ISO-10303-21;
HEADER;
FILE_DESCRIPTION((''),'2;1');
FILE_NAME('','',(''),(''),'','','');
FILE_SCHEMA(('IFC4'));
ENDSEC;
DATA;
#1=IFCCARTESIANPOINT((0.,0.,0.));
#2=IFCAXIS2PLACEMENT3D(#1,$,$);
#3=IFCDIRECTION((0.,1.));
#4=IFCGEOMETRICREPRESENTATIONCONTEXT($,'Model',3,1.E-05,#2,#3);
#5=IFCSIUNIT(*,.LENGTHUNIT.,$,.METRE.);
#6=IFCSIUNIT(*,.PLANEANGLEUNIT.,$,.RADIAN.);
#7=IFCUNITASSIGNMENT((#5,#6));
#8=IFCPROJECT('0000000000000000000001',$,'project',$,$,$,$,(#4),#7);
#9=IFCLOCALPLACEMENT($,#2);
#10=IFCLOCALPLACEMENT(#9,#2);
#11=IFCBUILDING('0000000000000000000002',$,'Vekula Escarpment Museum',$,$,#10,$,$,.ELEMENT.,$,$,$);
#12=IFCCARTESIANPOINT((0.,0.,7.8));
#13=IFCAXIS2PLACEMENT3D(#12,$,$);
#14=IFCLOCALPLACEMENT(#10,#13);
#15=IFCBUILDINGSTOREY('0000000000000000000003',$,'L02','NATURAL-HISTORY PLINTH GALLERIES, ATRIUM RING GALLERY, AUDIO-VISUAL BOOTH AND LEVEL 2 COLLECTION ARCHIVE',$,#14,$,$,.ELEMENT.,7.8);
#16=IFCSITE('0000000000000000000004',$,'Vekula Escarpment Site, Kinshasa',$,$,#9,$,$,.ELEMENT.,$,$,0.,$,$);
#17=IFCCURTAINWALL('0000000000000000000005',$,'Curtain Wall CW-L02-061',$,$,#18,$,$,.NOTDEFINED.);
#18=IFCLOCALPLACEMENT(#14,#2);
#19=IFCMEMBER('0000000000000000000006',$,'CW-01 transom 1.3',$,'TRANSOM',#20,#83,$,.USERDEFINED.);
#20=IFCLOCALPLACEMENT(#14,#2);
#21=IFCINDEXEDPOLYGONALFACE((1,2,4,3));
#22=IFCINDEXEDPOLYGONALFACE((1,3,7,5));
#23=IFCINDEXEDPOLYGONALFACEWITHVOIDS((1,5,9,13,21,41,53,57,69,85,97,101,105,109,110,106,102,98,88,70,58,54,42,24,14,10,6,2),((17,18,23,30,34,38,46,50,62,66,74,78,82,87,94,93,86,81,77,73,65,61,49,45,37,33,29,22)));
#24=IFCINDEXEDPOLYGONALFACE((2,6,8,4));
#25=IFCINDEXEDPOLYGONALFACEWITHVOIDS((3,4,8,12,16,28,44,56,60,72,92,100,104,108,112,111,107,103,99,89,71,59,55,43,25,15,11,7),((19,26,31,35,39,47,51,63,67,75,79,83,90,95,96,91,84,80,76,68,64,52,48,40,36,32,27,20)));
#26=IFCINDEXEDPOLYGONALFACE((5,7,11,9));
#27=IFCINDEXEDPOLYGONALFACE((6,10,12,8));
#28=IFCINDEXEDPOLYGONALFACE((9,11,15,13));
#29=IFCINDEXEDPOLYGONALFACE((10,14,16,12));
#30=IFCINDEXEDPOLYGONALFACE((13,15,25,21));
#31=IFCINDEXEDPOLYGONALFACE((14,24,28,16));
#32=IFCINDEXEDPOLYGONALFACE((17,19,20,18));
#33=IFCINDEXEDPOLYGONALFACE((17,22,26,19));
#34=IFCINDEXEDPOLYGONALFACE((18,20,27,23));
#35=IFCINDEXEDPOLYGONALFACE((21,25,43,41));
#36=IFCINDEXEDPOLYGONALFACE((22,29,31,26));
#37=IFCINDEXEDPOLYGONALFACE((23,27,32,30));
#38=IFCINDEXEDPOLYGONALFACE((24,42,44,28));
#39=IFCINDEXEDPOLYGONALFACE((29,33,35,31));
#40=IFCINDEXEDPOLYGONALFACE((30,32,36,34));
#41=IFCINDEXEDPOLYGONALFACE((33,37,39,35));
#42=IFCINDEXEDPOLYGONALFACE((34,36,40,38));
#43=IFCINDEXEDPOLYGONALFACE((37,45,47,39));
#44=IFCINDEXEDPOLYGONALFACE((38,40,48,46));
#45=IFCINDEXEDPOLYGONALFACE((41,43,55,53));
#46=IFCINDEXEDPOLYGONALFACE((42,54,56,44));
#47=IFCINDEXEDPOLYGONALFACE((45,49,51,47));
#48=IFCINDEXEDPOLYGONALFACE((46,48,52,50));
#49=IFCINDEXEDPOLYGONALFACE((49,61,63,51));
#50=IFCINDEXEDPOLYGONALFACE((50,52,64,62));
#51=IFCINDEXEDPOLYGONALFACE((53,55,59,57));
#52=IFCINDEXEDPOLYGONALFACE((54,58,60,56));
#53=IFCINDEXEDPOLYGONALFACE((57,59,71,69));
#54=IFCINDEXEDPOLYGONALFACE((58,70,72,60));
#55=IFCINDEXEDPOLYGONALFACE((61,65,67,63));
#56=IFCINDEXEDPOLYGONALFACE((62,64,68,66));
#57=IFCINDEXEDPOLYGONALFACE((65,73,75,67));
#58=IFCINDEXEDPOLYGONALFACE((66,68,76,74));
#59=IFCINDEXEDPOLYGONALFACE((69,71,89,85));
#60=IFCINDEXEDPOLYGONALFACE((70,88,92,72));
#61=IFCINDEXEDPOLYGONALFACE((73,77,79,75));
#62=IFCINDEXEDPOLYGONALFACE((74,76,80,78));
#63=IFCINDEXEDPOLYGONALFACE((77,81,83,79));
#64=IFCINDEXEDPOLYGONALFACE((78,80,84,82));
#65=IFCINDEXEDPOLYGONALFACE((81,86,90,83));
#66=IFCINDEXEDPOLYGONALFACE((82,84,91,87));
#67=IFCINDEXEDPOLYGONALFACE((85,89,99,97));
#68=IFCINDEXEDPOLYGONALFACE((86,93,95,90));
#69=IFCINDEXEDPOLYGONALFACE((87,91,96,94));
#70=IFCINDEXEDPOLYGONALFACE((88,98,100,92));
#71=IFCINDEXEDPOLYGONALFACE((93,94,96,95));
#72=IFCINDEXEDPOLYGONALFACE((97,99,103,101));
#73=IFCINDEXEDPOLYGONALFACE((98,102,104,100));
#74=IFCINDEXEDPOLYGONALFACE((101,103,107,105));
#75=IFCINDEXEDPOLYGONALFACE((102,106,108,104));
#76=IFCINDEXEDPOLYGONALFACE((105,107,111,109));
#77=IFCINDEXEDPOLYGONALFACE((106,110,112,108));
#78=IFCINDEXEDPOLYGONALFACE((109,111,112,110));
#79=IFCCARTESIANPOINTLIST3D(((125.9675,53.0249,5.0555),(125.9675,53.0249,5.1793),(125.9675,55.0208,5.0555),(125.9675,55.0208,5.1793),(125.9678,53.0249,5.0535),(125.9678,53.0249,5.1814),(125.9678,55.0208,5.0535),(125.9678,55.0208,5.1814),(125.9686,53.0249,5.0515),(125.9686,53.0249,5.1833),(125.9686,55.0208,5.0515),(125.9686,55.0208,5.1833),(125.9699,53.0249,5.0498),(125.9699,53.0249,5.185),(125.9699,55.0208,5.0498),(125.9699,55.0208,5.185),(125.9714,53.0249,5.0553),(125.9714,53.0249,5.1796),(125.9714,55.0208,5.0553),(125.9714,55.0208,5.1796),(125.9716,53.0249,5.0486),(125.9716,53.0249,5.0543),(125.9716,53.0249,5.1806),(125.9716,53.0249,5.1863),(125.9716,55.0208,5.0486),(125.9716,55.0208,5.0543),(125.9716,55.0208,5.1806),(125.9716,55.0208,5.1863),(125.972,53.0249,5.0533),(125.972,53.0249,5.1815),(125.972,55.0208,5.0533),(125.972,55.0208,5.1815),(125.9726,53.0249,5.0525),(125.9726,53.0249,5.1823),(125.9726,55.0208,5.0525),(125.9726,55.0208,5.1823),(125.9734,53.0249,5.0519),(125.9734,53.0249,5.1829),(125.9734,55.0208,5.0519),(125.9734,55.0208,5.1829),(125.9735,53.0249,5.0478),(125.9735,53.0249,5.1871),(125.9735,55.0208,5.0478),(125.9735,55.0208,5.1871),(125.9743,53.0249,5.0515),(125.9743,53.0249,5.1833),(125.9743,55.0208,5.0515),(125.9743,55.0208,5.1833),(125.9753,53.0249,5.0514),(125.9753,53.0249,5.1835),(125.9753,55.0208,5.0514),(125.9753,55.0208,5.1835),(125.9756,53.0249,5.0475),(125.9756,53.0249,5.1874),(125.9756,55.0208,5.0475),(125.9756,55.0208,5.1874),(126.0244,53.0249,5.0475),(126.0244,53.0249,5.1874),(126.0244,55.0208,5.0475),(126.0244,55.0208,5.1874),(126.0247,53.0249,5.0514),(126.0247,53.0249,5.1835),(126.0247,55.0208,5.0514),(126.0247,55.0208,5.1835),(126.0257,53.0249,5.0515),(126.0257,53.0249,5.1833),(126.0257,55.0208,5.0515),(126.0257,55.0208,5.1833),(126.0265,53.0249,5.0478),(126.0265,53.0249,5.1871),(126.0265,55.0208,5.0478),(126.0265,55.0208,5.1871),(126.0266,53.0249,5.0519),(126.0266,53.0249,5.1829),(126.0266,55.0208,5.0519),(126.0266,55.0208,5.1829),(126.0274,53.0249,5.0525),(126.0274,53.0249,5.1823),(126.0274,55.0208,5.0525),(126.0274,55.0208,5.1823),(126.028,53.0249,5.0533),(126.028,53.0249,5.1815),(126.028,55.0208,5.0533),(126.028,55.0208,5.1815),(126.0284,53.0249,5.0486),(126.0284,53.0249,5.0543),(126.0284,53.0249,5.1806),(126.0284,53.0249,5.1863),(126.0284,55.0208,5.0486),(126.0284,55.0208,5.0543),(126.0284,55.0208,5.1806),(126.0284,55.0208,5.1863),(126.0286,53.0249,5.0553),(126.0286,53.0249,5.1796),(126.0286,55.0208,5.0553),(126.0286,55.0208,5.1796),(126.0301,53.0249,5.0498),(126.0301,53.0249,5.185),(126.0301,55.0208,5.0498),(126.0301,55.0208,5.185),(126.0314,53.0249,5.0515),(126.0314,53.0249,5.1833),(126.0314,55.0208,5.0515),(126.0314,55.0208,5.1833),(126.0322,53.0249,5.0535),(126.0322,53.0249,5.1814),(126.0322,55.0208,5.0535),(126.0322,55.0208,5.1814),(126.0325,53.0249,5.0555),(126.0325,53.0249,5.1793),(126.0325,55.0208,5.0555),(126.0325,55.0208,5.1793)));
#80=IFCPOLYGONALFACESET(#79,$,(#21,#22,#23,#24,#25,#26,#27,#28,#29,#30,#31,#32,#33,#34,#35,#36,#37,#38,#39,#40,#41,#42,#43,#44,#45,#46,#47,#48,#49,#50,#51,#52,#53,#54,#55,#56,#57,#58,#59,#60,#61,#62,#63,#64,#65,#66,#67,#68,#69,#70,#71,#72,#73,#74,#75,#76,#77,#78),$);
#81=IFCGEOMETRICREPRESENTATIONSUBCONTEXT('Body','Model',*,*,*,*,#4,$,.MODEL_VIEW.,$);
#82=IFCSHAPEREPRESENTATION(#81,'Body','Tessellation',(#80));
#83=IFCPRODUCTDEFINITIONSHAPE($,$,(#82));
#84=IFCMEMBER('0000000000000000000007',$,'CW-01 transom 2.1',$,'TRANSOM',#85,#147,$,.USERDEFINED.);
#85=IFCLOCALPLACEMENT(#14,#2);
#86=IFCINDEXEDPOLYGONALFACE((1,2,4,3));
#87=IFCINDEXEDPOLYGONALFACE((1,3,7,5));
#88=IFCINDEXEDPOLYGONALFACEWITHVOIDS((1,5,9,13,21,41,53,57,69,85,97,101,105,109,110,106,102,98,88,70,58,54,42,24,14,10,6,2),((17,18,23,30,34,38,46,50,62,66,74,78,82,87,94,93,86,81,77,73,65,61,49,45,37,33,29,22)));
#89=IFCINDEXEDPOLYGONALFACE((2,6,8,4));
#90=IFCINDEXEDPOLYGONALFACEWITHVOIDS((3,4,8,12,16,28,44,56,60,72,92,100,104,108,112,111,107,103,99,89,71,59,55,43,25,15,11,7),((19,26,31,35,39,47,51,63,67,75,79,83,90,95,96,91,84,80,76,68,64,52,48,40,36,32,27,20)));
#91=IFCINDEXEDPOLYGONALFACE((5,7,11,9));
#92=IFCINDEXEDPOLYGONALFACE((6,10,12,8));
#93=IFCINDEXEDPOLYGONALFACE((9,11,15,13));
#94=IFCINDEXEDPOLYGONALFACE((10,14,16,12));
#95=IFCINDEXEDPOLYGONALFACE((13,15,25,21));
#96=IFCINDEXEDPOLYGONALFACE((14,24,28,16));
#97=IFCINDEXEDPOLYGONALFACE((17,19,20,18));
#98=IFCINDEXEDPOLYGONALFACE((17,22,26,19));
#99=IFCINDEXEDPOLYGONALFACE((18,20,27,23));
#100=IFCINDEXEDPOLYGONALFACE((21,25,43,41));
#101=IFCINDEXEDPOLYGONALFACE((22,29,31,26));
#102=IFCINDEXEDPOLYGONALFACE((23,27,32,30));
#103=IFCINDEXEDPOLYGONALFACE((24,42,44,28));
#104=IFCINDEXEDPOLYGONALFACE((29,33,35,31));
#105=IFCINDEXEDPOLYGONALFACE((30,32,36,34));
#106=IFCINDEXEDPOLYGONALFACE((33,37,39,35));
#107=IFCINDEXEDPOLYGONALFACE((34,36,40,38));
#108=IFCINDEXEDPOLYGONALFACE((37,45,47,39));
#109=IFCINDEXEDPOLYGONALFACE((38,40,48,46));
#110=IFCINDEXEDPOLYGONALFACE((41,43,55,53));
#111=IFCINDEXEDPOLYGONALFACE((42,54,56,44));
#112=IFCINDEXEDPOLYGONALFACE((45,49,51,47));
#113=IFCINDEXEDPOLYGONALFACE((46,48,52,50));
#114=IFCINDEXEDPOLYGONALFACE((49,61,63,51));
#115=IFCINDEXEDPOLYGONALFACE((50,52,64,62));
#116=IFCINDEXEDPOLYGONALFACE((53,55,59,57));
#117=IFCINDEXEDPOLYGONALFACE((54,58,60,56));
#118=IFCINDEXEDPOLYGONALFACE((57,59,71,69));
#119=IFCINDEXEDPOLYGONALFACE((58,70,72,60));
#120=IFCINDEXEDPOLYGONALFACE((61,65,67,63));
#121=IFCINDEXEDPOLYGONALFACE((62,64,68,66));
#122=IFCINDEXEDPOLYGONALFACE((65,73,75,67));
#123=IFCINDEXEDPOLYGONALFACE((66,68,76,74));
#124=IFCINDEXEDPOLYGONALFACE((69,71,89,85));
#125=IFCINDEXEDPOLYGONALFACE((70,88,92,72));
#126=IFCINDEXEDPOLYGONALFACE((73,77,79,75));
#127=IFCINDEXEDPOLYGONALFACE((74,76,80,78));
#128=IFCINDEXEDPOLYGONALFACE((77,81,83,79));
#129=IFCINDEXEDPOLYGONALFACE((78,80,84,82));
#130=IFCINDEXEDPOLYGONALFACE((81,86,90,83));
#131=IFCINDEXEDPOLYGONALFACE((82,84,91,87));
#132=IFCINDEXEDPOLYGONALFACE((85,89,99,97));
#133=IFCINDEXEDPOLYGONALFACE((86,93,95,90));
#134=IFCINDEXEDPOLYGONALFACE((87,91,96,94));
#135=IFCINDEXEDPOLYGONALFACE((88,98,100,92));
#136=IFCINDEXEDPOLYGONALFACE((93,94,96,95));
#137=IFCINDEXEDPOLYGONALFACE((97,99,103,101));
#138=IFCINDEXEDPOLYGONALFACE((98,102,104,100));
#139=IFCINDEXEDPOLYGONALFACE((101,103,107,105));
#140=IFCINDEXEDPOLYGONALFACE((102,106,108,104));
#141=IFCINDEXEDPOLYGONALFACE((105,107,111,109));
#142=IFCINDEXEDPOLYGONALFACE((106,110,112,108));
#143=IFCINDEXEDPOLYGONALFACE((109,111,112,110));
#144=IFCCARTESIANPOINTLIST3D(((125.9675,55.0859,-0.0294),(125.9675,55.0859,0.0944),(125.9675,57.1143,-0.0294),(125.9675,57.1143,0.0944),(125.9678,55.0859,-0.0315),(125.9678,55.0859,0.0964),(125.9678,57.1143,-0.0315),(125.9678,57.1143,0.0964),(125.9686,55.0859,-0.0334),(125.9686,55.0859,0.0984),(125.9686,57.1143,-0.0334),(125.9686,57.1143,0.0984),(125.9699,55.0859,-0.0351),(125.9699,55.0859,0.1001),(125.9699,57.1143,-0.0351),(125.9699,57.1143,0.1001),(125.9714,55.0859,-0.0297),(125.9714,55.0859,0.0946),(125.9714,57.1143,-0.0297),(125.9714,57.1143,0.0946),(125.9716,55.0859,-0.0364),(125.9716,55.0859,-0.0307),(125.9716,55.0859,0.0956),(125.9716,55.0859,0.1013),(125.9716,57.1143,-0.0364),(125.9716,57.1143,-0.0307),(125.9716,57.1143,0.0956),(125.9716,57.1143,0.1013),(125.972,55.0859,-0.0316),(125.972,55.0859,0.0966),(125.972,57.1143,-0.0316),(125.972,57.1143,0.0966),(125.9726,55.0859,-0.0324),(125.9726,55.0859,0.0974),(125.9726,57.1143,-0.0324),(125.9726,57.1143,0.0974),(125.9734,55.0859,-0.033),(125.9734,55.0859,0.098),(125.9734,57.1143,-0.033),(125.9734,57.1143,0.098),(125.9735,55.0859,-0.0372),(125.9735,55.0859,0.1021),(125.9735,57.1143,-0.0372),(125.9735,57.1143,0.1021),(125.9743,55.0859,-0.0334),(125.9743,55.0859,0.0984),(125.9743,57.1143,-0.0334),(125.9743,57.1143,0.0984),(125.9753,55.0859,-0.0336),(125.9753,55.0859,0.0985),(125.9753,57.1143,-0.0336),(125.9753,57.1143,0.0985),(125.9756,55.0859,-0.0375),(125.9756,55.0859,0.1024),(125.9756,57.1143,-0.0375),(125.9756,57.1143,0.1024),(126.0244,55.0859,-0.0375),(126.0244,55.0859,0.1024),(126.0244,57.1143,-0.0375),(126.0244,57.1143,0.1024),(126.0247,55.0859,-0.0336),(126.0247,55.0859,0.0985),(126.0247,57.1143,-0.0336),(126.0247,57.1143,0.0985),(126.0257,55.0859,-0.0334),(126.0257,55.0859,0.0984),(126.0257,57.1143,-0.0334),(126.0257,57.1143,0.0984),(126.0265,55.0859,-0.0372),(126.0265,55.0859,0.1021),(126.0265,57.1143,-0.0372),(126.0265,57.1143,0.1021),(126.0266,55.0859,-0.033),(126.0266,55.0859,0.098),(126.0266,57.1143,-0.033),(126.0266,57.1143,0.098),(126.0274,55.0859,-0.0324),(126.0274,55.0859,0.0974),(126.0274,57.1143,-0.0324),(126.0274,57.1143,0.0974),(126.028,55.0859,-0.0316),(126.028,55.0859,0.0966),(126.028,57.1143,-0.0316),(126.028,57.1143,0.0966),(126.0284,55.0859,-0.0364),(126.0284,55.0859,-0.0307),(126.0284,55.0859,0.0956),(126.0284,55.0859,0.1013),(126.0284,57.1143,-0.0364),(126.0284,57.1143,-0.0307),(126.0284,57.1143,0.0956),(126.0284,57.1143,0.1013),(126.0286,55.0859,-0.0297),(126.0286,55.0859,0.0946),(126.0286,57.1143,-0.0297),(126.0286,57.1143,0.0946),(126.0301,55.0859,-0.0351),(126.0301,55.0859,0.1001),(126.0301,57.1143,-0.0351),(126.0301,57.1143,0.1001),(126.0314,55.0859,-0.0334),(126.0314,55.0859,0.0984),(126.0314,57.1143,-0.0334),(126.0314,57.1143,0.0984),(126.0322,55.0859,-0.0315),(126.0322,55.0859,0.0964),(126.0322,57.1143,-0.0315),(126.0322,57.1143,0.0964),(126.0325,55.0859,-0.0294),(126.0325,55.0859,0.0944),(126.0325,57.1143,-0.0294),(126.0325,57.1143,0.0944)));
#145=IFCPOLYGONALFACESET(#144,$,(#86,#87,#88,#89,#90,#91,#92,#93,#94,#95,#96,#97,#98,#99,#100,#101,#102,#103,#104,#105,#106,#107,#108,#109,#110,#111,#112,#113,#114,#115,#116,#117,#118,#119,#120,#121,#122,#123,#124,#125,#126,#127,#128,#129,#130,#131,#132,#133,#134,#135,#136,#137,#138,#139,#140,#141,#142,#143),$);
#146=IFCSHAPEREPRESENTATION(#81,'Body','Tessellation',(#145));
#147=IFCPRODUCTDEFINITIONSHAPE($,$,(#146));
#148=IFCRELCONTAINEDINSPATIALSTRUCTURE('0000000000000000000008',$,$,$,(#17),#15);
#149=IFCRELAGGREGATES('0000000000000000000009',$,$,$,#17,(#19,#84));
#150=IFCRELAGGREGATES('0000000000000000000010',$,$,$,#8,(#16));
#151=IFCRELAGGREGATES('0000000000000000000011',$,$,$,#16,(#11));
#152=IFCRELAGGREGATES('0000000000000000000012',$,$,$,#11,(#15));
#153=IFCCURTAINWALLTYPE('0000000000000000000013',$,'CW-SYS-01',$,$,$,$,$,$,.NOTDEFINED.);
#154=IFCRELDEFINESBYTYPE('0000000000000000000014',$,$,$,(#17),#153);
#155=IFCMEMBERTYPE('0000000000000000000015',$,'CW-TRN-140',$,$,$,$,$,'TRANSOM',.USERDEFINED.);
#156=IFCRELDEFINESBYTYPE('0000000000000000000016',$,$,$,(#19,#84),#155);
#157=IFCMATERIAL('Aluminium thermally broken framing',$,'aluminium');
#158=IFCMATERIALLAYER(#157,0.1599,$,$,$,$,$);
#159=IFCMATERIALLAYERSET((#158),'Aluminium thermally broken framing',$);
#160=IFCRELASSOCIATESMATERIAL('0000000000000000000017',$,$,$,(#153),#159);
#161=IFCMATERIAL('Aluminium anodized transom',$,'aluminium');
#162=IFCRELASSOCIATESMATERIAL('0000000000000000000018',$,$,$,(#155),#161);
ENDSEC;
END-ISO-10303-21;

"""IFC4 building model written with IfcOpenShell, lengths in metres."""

from ifc_helpers import new_model, si_unit, direction, frame, origin, origin_2d, place, context, subcontext, project, spatial, hollow_rectangle, extrude, material, layer, layer_set, material_profile, profile_set, type_object, element, aggregate, save


model = new_model("IFC4")

# Units and contexts
model_context = context("Model", 3, precision=1e-05, world=origin(), true_north=direction((0.0, 1.0)))
body_context = subcontext(model_context, "Body", "Model", "MODEL_VIEW")
ifc_project = project(units=[si_unit("LENGTHUNIT", "METRE"), si_unit("PLANEANGLEUNIT", "RADIAN")], contexts=[model_context])

# Site, building, storey
site_placement = place(None, origin())
site = spatial("IfcSite", under=ifc_project, at=site_placement, Name="Vekula Escarpment Site, Kinshasa", CompositionType="ELEMENT", RefElevation=0.0)
building_placement = place(site_placement, origin())
building = spatial("IfcBuilding", under=site, at=building_placement, Name="Vekula Escarpment Museum", CompositionType="ELEMENT")
storey_placement = place(building_placement, frame((0.0, 0.0, 7.8)))
storey = spatial("IfcBuildingStorey", under=building, at=storey_placement, Name="L02", Description="NATURAL-HISTORY PLINTH GALLERIES, ATRIUM RING GALLERY, AUDIO-VISUAL BOOTH AND LEVEL 2 COLLECTION ARCHIVE", CompositionType="ELEMENT", Elevation=7.8)

# Curtain wall
ifc_material_1 = material(Name="Aluminium thermally broken framing", Category="aluminium")
ifc_layer_1 = layer(ifc_material_1, 0.1599)
ifc_layer_set_1 = layer_set([ifc_layer_1], Name="Aluminium thermally broken framing")
curtain_wall_type_1 = type_object("IfcCurtainWallType", Name="CW-SYS-01", PredefinedType="NOTDEFINED", material=ifc_layer_set_1)
curtain_wall_1_placement = place(storey_placement, origin())
curtain_wall_1 = element("IfcCurtainWall", 1, at=curtain_wall_1_placement, inside=storey, type_object=curtain_wall_type_1, Name="Curtain Wall CW-L02-061", PredefinedType="NOTDEFINED")

# Members
ifc_material_2 = material(Name="Aluminium anodized transom", Category="aluminium")
ifc_material_profile_1 = material_profile(ifc_material_2, hollow_rectangle(XDim=0.0649, YDim=0.1399, WallThickness=0.0039, InnerFilletRadius=0.0039, OuterFilletRadius=0.0081, at=origin_2d()), Name="ALU 140x65x4")
ifc_profile_set_1 = profile_set([ifc_material_profile_1], Name="Aluminium anodized transom")
member_type_1 = type_object("IfcMemberType", Name="CW-TRN-140", ElementType="TRANSOM", PredefinedType="USERDEFINED", material=ifc_profile_set_1)
member_1_placement = place(storey_placement, frame((126.0, 53.0249, 5.1174), z_axis=(0.0, 1.0, 0.0), x_axis=(-1.0, 0.0, 0.0)))
member_1 = element("IfcMember", 2, at=member_1_placement, type_object=member_type_1, Name="CW-01 transom 1.3", ObjectType="TRANSOM", PredefinedType="USERDEFINED", context=body_context, shape_type="SweptSolid", body=[
    extrude(hollow_rectangle(XDim=0.0649, YDim=0.1399, WallThickness=0.0039, InnerFilletRadius=0.0039, OuterFilletRadius=0.0081, at=origin_2d()), origin(), (0.0, 0.0, 1.0), 1.9958),
])
member_2_placement = place(storey_placement, frame((126.0, 55.0859, 0.0325), z_axis=(0.0, 1.0, 0.0), x_axis=(-1.0, 0.0, 0.0)))
member_2 = element("IfcMember", 3, at=member_2_placement, type_object=member_type_1, Name="CW-01 transom 2.1", ObjectType="TRANSOM", PredefinedType="USERDEFINED", context=body_context, shape_type="SweptSolid", body=[
    extrude(hollow_rectangle(XDim=0.0649, YDim=0.1399, WallThickness=0.0039, InnerFilletRadius=0.0039, OuterFilletRadius=0.0081, at=origin_2d()), origin(), (0.0, 0.0, 1.0), 2.0283),
])

aggregate(curtain_wall_1, [member_1, member_2])

save(model, "model.ifc")
